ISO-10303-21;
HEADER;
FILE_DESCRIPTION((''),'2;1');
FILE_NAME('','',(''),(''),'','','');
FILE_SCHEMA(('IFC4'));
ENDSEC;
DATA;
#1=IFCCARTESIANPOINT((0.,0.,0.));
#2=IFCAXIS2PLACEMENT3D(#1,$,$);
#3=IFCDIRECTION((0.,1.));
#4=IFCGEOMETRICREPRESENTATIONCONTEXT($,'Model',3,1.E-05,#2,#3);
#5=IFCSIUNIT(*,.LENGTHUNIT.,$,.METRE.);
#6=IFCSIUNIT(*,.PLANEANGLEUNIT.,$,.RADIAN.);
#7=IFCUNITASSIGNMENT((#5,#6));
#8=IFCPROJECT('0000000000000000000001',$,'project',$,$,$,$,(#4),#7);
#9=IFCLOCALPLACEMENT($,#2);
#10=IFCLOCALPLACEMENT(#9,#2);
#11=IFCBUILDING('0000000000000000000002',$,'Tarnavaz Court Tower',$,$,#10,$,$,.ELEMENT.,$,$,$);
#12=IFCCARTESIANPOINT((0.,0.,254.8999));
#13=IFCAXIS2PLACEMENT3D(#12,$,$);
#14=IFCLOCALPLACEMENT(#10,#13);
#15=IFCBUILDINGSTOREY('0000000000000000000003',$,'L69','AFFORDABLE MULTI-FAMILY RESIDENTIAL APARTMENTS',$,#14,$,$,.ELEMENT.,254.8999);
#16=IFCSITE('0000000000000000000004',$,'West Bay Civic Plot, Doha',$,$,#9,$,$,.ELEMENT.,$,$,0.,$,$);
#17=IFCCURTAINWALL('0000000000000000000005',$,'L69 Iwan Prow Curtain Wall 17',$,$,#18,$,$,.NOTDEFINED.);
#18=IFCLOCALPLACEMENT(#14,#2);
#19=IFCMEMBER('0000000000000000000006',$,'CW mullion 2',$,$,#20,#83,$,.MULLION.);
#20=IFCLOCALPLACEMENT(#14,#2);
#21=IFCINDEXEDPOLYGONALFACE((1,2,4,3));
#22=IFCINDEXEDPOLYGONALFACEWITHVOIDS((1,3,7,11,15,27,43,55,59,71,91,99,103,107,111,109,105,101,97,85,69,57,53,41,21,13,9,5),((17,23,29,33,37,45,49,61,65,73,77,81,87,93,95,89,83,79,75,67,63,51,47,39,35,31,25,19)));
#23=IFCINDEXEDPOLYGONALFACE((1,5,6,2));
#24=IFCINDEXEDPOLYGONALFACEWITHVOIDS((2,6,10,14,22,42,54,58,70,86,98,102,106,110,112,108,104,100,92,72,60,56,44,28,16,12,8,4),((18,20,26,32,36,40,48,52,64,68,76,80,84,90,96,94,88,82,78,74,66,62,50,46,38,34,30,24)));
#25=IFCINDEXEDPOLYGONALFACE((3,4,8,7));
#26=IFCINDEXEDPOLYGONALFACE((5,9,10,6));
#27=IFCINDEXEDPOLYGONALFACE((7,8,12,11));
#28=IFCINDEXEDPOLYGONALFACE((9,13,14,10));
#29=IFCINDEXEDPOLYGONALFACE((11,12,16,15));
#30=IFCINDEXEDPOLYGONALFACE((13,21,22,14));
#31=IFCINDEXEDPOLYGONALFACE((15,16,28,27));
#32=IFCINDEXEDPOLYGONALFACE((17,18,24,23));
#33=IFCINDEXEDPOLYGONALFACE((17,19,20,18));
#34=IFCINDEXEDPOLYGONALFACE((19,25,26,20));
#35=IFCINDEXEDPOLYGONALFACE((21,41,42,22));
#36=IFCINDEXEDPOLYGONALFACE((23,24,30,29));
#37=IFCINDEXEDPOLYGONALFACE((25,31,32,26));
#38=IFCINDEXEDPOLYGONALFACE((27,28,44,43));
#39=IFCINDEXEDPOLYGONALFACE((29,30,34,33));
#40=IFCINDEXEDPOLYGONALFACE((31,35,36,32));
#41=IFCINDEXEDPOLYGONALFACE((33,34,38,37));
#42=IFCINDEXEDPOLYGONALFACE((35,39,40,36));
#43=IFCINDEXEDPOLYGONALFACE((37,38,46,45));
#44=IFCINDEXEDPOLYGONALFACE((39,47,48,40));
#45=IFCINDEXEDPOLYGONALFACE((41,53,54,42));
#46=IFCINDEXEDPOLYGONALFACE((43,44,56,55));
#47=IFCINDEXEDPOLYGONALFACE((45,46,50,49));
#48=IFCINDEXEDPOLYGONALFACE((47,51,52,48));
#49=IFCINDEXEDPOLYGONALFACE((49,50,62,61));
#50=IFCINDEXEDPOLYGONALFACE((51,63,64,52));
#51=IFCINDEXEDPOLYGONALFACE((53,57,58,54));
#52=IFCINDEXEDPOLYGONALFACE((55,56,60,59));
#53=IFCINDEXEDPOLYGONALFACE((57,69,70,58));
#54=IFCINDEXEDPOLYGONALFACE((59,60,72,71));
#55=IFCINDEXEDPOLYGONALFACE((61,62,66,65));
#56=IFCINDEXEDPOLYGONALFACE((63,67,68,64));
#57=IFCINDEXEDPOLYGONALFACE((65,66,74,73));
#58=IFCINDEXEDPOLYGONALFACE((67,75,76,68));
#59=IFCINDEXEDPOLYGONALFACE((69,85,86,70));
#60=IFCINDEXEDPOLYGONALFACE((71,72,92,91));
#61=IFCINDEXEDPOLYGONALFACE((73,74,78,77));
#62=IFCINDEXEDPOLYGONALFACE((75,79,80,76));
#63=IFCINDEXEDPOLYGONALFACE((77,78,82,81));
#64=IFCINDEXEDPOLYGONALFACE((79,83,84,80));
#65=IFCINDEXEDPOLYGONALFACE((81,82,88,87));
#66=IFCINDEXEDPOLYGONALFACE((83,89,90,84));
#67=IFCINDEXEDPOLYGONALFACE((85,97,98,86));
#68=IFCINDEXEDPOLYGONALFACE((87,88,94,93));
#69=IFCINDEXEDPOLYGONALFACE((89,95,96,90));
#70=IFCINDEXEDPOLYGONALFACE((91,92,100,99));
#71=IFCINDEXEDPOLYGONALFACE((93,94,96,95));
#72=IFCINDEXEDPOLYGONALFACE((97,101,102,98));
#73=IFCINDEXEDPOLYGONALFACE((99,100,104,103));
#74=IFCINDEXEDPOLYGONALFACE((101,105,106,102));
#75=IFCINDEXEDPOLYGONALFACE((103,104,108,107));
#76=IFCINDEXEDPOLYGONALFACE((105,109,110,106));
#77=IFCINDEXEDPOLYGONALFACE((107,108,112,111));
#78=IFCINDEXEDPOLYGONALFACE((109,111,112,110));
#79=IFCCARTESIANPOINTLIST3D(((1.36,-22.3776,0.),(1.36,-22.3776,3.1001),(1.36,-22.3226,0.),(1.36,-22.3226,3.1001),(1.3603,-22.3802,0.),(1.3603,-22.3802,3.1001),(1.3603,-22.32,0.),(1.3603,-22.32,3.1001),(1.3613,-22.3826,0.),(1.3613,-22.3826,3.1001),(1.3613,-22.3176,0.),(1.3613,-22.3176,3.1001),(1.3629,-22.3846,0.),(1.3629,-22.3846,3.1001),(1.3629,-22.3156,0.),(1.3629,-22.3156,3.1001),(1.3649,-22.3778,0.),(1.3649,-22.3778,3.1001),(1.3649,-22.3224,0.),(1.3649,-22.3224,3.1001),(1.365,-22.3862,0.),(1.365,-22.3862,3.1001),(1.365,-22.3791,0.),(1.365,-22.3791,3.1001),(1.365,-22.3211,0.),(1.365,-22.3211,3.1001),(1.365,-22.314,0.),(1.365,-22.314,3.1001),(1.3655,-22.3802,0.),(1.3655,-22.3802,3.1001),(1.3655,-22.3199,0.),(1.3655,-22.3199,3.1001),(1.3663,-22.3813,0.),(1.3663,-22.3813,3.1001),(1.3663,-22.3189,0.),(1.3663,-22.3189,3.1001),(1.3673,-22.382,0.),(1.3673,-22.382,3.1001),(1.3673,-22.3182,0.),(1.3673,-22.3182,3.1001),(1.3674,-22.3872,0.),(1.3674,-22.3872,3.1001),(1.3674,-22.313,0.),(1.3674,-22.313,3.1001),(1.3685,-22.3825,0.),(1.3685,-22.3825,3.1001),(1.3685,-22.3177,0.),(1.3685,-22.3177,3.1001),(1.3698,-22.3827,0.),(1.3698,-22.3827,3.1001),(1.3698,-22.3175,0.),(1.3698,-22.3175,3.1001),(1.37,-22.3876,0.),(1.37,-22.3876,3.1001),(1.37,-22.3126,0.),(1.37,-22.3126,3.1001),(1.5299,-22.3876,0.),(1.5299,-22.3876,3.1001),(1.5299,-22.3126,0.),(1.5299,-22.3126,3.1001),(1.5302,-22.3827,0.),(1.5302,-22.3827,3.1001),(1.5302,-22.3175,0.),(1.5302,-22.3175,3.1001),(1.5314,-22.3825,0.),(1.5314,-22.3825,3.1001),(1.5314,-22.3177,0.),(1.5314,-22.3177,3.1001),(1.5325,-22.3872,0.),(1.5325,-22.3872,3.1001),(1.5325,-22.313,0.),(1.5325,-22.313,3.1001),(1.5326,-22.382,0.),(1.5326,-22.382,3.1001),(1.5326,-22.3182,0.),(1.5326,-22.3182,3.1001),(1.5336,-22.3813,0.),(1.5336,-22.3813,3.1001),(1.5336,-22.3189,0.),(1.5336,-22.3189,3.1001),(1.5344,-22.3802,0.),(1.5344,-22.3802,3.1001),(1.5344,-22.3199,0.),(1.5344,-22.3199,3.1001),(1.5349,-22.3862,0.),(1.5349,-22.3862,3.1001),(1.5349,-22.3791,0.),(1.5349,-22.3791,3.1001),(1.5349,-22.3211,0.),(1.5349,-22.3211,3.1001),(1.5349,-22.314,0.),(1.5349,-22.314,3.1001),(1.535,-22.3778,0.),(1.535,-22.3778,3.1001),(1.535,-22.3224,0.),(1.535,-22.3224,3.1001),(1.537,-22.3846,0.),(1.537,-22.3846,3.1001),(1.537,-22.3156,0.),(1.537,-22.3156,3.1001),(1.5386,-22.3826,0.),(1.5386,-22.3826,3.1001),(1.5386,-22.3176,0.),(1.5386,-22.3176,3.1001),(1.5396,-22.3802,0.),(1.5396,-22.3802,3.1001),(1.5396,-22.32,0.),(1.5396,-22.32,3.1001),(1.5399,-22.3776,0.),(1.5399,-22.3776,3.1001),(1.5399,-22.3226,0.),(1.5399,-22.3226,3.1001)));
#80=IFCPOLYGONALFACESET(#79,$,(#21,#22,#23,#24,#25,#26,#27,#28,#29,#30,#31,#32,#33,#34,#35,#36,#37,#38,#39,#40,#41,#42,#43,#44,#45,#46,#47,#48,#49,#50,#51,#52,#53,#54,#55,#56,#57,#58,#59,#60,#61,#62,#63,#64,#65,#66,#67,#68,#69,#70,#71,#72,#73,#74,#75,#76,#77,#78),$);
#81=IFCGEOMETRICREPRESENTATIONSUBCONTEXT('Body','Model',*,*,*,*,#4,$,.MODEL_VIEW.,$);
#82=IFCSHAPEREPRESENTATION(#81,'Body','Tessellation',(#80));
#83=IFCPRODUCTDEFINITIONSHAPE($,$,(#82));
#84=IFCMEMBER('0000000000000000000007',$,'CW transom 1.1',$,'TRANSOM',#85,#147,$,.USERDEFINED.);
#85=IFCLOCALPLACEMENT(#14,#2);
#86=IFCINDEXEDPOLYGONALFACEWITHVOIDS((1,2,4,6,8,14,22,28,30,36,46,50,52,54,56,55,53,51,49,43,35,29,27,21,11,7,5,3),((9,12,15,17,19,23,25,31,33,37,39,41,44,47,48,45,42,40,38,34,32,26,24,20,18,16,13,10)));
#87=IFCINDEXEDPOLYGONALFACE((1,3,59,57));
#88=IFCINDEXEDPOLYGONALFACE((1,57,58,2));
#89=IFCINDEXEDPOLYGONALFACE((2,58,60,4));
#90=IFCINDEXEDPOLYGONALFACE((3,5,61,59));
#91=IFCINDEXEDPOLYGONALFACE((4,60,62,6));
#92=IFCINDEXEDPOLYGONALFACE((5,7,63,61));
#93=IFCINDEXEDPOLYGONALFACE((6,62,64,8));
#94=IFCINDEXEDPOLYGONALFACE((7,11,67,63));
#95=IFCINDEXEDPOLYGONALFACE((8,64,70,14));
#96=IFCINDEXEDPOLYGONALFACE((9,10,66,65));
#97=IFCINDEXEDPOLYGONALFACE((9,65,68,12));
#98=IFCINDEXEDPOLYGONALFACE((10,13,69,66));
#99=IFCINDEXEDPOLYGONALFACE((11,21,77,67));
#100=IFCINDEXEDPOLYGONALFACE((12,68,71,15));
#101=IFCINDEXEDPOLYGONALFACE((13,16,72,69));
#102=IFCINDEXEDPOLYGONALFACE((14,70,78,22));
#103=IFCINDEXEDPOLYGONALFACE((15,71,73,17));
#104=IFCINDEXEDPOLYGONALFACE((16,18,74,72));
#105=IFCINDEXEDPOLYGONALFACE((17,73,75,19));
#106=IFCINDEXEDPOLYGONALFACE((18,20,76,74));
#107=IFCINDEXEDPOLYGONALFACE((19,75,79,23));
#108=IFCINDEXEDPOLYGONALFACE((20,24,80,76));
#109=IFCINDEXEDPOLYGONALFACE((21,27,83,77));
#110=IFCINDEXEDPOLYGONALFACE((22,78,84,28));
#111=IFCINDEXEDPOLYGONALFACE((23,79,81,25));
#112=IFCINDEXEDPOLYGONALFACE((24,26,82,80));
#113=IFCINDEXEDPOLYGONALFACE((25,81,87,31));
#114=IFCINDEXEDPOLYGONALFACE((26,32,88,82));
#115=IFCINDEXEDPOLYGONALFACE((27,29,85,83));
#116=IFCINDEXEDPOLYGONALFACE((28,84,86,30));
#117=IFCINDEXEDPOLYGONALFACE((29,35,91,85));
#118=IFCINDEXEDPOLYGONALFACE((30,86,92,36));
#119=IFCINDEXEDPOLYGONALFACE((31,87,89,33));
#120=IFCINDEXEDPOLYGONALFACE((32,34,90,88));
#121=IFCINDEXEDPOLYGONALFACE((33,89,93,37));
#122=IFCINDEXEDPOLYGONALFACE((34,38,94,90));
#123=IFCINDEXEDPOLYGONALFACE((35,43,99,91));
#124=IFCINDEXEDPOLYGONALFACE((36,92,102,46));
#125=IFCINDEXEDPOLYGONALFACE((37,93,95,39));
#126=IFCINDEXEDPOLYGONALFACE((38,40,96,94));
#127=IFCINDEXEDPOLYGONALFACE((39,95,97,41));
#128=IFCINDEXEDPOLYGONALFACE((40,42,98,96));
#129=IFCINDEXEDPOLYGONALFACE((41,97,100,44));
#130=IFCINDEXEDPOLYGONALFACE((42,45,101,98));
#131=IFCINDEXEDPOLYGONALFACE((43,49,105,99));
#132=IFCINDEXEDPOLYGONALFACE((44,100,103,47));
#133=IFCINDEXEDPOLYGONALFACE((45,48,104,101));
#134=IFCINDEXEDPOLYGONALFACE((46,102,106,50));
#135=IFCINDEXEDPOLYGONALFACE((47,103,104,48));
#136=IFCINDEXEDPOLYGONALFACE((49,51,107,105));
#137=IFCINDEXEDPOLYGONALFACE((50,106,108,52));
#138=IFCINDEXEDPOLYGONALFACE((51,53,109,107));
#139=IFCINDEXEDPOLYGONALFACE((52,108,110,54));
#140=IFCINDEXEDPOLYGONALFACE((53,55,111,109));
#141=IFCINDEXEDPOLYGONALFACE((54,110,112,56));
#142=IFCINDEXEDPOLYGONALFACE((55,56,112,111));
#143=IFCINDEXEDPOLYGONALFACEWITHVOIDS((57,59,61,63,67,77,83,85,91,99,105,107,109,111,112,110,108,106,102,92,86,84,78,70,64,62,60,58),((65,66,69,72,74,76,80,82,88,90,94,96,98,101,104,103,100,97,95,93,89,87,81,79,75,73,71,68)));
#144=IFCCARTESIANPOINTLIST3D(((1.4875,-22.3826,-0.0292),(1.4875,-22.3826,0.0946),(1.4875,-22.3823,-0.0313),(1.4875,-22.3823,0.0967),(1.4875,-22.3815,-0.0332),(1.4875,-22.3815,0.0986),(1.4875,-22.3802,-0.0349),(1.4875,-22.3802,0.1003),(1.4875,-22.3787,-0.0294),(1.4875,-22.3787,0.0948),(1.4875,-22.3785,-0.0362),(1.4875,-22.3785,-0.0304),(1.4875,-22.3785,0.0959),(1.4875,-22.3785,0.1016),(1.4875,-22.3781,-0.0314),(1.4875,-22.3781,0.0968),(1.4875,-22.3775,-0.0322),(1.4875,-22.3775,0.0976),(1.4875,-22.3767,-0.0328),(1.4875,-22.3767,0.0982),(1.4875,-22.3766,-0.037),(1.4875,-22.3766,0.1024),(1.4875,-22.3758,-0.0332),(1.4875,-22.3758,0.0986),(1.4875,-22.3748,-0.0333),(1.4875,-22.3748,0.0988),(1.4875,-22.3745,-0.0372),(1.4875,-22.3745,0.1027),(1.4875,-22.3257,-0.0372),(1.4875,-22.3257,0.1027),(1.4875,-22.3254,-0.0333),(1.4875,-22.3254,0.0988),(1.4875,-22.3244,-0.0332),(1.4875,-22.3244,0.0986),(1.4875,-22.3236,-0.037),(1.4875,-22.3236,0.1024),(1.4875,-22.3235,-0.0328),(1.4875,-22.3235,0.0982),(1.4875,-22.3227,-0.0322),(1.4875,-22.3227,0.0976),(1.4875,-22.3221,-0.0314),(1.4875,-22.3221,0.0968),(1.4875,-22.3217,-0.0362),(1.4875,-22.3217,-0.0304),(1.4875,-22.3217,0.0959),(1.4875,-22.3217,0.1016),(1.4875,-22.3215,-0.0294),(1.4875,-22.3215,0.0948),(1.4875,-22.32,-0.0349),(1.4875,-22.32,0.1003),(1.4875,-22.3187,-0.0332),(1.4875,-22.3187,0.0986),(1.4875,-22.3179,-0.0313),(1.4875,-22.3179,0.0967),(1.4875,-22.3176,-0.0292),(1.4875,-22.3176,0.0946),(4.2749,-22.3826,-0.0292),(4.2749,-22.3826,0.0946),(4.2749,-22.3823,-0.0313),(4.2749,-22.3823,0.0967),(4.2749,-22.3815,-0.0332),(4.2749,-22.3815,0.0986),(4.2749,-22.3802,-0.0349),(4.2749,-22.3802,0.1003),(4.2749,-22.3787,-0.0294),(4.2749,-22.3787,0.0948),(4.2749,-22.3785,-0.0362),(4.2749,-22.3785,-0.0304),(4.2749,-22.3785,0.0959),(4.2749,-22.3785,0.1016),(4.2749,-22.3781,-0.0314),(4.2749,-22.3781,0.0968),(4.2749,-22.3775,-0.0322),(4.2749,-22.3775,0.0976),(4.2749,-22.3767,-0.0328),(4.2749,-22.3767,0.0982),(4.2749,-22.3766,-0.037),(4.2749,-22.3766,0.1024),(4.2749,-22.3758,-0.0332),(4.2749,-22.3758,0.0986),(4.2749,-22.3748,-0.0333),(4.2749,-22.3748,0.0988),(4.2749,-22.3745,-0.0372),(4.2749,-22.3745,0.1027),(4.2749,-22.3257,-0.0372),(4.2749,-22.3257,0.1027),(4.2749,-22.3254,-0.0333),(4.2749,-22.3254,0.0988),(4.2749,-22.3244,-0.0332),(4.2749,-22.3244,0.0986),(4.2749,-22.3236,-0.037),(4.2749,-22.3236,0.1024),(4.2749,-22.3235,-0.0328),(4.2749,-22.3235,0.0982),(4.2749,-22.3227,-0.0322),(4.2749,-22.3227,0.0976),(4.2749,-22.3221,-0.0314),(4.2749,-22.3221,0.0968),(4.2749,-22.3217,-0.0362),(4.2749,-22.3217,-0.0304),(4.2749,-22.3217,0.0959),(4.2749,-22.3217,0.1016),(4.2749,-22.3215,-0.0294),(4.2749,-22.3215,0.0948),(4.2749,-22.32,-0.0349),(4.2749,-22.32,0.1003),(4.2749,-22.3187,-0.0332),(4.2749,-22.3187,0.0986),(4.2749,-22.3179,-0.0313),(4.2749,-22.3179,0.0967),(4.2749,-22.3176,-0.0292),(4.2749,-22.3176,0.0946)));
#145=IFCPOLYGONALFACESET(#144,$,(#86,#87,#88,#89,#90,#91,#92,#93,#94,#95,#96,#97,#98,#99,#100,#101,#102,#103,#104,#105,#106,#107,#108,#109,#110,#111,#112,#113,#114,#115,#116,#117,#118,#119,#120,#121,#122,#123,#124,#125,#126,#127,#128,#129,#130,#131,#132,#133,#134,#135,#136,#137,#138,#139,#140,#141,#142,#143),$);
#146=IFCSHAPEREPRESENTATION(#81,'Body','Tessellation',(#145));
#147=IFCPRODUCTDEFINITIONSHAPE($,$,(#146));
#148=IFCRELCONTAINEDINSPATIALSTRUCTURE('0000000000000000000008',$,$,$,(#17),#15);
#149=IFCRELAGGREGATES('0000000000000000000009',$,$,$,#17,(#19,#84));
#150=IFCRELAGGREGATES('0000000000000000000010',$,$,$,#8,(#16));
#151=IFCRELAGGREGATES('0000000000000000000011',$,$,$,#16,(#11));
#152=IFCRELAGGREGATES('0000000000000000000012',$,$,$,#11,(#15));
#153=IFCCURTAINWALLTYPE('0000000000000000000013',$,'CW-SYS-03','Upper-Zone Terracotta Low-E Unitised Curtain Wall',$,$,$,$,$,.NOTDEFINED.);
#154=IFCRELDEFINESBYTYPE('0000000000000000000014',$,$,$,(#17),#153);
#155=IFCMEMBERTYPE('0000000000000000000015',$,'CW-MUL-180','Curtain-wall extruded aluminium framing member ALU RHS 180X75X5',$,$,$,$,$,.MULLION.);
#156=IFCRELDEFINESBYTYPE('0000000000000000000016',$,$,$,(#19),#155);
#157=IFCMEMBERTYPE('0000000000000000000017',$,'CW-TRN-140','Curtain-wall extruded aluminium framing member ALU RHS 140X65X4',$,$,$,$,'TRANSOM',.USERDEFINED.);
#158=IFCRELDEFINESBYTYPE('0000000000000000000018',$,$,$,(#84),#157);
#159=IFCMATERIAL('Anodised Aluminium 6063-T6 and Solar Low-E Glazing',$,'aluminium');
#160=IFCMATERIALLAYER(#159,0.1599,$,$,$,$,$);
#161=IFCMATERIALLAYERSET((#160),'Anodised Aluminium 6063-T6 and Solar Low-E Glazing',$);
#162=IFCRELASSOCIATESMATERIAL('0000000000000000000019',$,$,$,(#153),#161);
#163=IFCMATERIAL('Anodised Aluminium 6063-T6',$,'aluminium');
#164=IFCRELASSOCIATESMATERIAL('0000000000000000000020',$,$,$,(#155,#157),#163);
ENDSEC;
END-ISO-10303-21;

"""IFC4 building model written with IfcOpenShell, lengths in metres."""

from ifc_helpers import new_model, si_unit, direction, frame, origin, origin_2d, place, context, subcontext, project, spatial, hollow_rectangle, extrude, material, layer, layer_set, material_profile, profile_set, type_object, element, aggregate, save


model = new_model("IFC4")

# Units and contexts
model_context = context("Model", 3, precision=1e-05, world=origin(), true_north=direction((0.0, 1.0)))
body_context = subcontext(model_context, "Body", "Model", "MODEL_VIEW")
ifc_project = project(units=[si_unit("LENGTHUNIT", "METRE"), si_unit("PLANEANGLEUNIT", "RADIAN")], contexts=[model_context])

# Site, building, storey
site_placement = place(None, origin())
site = spatial("IfcSite", under=ifc_project, at=site_placement, Name="West Bay Civic Plot, Doha", CompositionType="ELEMENT", RefElevation=0.0)
building_placement = place(site_placement, origin())
building = spatial("IfcBuilding", under=site, at=building_placement, Name="Tarnavaz Court Tower", CompositionType="ELEMENT")
storey_placement = place(building_placement, frame((0.0, 0.0, 254.8999)))
storey = spatial("IfcBuildingStorey", under=building, at=storey_placement, Name="L69", Description="AFFORDABLE MULTI-FAMILY RESIDENTIAL APARTMENTS", CompositionType="ELEMENT", Elevation=254.8999)

# Curtain wall, members
ifc_material_1 = material(Name="Anodised Aluminium 6063-T6 and Solar Low-E Glazing", Category="aluminium")
ifc_layer_1 = layer(ifc_material_1, 0.1599)
ifc_layer_set_1 = layer_set([ifc_layer_1], Name="Anodised Aluminium 6063-T6 and Solar Low-E Glazing")
curtain_wall_type = type_object("IfcCurtainWallType", Name="CW-SYS-03", Description="Upper-Zone Terracotta Low-E Unitised Curtain Wall", PredefinedType="NOTDEFINED", material=ifc_layer_set_1)
curtain_wall_placement = place(storey_placement, origin())
curtain_wall = element("IfcCurtainWall", 1, at=curtain_wall_placement, inside=storey, type_object=curtain_wall_type, Name="L69 Iwan Prow Curtain Wall 17", PredefinedType="NOTDEFINED")
ifc_material_2 = material(Name="Anodised Aluminium 6063-T6", Category="aluminium")
ifc_material_profile_1 = material_profile(ifc_material_2, hollow_rectangle(XDim=0.075, YDim=0.1799, WallThickness=0.0049, InnerFilletRadius=0.0049, OuterFilletRadius=0.01, at=origin_2d()), Name="ALU RHS 180X75X5")
ifc_profile_set_1 = profile_set([ifc_material_profile_1], Name="Anodised Aluminium 6063-T6")
member_type_1 = type_object("IfcMemberType", Name="CW-MUL-180", Description="Curtain-wall extruded aluminium framing member ALU RHS 180X75X5", PredefinedType="MULLION", material=ifc_profile_set_1)
member_1_placement = place(storey_placement, frame((1.45, -22.3501, 0.0), z_axis=(0.0, 0.0, 1.0), x_axis=(0.0, -1.0, 0.0)))
member_1 = element("IfcMember", 2, at=member_1_placement, type_object=member_type_1, Name="CW mullion 2", PredefinedType="MULLION", context=body_context, shape_type="SweptSolid", body=[
    extrude(hollow_rectangle(XDim=0.075, YDim=0.1799, WallThickness=0.0049, InnerFilletRadius=0.0049, OuterFilletRadius=0.01, at=origin_2d()), origin(), (0.0, 0.0, 1.0), 3.1001),
])
ifc_material_profile_2 = material_profile(ifc_material_2, hollow_rectangle(XDim=0.0649, YDim=0.1399, WallThickness=0.0039, InnerFilletRadius=0.0039, OuterFilletRadius=0.0081, at=origin_2d()), Name="ALU RHS 140X65X4")
ifc_profile_set_2 = profile_set([ifc_material_profile_2], Name="Anodised Aluminium 6063-T6")
member_type_2 = type_object("IfcMemberType", Name="CW-TRN-140", Description="Curtain-wall extruded aluminium framing member ALU RHS 140X65X4", ElementType="TRANSOM", PredefinedType="USERDEFINED", material=ifc_profile_set_2)
member_2_placement = place(storey_placement, frame((4.2749, -22.3501, 0.0327), z_axis=(-1.0, 0.0, 0.0), x_axis=(0.0, -1.0, 0.0)))
member_2 = element("IfcMember", 3, at=member_2_placement, type_object=member_type_2, Name="CW transom 1.1", ObjectType="TRANSOM", PredefinedType="USERDEFINED", context=body_context, shape_type="SweptSolid", body=[
    extrude(hollow_rectangle(XDim=0.0649, YDim=0.1399, WallThickness=0.0039, InnerFilletRadius=0.0039, OuterFilletRadius=0.0081, at=origin_2d()), origin(), (0.0, 0.0, 1.0), 2.7874),
])
aggregate(curtain_wall, [member_1, member_2])

save(model, "model.ifc")
